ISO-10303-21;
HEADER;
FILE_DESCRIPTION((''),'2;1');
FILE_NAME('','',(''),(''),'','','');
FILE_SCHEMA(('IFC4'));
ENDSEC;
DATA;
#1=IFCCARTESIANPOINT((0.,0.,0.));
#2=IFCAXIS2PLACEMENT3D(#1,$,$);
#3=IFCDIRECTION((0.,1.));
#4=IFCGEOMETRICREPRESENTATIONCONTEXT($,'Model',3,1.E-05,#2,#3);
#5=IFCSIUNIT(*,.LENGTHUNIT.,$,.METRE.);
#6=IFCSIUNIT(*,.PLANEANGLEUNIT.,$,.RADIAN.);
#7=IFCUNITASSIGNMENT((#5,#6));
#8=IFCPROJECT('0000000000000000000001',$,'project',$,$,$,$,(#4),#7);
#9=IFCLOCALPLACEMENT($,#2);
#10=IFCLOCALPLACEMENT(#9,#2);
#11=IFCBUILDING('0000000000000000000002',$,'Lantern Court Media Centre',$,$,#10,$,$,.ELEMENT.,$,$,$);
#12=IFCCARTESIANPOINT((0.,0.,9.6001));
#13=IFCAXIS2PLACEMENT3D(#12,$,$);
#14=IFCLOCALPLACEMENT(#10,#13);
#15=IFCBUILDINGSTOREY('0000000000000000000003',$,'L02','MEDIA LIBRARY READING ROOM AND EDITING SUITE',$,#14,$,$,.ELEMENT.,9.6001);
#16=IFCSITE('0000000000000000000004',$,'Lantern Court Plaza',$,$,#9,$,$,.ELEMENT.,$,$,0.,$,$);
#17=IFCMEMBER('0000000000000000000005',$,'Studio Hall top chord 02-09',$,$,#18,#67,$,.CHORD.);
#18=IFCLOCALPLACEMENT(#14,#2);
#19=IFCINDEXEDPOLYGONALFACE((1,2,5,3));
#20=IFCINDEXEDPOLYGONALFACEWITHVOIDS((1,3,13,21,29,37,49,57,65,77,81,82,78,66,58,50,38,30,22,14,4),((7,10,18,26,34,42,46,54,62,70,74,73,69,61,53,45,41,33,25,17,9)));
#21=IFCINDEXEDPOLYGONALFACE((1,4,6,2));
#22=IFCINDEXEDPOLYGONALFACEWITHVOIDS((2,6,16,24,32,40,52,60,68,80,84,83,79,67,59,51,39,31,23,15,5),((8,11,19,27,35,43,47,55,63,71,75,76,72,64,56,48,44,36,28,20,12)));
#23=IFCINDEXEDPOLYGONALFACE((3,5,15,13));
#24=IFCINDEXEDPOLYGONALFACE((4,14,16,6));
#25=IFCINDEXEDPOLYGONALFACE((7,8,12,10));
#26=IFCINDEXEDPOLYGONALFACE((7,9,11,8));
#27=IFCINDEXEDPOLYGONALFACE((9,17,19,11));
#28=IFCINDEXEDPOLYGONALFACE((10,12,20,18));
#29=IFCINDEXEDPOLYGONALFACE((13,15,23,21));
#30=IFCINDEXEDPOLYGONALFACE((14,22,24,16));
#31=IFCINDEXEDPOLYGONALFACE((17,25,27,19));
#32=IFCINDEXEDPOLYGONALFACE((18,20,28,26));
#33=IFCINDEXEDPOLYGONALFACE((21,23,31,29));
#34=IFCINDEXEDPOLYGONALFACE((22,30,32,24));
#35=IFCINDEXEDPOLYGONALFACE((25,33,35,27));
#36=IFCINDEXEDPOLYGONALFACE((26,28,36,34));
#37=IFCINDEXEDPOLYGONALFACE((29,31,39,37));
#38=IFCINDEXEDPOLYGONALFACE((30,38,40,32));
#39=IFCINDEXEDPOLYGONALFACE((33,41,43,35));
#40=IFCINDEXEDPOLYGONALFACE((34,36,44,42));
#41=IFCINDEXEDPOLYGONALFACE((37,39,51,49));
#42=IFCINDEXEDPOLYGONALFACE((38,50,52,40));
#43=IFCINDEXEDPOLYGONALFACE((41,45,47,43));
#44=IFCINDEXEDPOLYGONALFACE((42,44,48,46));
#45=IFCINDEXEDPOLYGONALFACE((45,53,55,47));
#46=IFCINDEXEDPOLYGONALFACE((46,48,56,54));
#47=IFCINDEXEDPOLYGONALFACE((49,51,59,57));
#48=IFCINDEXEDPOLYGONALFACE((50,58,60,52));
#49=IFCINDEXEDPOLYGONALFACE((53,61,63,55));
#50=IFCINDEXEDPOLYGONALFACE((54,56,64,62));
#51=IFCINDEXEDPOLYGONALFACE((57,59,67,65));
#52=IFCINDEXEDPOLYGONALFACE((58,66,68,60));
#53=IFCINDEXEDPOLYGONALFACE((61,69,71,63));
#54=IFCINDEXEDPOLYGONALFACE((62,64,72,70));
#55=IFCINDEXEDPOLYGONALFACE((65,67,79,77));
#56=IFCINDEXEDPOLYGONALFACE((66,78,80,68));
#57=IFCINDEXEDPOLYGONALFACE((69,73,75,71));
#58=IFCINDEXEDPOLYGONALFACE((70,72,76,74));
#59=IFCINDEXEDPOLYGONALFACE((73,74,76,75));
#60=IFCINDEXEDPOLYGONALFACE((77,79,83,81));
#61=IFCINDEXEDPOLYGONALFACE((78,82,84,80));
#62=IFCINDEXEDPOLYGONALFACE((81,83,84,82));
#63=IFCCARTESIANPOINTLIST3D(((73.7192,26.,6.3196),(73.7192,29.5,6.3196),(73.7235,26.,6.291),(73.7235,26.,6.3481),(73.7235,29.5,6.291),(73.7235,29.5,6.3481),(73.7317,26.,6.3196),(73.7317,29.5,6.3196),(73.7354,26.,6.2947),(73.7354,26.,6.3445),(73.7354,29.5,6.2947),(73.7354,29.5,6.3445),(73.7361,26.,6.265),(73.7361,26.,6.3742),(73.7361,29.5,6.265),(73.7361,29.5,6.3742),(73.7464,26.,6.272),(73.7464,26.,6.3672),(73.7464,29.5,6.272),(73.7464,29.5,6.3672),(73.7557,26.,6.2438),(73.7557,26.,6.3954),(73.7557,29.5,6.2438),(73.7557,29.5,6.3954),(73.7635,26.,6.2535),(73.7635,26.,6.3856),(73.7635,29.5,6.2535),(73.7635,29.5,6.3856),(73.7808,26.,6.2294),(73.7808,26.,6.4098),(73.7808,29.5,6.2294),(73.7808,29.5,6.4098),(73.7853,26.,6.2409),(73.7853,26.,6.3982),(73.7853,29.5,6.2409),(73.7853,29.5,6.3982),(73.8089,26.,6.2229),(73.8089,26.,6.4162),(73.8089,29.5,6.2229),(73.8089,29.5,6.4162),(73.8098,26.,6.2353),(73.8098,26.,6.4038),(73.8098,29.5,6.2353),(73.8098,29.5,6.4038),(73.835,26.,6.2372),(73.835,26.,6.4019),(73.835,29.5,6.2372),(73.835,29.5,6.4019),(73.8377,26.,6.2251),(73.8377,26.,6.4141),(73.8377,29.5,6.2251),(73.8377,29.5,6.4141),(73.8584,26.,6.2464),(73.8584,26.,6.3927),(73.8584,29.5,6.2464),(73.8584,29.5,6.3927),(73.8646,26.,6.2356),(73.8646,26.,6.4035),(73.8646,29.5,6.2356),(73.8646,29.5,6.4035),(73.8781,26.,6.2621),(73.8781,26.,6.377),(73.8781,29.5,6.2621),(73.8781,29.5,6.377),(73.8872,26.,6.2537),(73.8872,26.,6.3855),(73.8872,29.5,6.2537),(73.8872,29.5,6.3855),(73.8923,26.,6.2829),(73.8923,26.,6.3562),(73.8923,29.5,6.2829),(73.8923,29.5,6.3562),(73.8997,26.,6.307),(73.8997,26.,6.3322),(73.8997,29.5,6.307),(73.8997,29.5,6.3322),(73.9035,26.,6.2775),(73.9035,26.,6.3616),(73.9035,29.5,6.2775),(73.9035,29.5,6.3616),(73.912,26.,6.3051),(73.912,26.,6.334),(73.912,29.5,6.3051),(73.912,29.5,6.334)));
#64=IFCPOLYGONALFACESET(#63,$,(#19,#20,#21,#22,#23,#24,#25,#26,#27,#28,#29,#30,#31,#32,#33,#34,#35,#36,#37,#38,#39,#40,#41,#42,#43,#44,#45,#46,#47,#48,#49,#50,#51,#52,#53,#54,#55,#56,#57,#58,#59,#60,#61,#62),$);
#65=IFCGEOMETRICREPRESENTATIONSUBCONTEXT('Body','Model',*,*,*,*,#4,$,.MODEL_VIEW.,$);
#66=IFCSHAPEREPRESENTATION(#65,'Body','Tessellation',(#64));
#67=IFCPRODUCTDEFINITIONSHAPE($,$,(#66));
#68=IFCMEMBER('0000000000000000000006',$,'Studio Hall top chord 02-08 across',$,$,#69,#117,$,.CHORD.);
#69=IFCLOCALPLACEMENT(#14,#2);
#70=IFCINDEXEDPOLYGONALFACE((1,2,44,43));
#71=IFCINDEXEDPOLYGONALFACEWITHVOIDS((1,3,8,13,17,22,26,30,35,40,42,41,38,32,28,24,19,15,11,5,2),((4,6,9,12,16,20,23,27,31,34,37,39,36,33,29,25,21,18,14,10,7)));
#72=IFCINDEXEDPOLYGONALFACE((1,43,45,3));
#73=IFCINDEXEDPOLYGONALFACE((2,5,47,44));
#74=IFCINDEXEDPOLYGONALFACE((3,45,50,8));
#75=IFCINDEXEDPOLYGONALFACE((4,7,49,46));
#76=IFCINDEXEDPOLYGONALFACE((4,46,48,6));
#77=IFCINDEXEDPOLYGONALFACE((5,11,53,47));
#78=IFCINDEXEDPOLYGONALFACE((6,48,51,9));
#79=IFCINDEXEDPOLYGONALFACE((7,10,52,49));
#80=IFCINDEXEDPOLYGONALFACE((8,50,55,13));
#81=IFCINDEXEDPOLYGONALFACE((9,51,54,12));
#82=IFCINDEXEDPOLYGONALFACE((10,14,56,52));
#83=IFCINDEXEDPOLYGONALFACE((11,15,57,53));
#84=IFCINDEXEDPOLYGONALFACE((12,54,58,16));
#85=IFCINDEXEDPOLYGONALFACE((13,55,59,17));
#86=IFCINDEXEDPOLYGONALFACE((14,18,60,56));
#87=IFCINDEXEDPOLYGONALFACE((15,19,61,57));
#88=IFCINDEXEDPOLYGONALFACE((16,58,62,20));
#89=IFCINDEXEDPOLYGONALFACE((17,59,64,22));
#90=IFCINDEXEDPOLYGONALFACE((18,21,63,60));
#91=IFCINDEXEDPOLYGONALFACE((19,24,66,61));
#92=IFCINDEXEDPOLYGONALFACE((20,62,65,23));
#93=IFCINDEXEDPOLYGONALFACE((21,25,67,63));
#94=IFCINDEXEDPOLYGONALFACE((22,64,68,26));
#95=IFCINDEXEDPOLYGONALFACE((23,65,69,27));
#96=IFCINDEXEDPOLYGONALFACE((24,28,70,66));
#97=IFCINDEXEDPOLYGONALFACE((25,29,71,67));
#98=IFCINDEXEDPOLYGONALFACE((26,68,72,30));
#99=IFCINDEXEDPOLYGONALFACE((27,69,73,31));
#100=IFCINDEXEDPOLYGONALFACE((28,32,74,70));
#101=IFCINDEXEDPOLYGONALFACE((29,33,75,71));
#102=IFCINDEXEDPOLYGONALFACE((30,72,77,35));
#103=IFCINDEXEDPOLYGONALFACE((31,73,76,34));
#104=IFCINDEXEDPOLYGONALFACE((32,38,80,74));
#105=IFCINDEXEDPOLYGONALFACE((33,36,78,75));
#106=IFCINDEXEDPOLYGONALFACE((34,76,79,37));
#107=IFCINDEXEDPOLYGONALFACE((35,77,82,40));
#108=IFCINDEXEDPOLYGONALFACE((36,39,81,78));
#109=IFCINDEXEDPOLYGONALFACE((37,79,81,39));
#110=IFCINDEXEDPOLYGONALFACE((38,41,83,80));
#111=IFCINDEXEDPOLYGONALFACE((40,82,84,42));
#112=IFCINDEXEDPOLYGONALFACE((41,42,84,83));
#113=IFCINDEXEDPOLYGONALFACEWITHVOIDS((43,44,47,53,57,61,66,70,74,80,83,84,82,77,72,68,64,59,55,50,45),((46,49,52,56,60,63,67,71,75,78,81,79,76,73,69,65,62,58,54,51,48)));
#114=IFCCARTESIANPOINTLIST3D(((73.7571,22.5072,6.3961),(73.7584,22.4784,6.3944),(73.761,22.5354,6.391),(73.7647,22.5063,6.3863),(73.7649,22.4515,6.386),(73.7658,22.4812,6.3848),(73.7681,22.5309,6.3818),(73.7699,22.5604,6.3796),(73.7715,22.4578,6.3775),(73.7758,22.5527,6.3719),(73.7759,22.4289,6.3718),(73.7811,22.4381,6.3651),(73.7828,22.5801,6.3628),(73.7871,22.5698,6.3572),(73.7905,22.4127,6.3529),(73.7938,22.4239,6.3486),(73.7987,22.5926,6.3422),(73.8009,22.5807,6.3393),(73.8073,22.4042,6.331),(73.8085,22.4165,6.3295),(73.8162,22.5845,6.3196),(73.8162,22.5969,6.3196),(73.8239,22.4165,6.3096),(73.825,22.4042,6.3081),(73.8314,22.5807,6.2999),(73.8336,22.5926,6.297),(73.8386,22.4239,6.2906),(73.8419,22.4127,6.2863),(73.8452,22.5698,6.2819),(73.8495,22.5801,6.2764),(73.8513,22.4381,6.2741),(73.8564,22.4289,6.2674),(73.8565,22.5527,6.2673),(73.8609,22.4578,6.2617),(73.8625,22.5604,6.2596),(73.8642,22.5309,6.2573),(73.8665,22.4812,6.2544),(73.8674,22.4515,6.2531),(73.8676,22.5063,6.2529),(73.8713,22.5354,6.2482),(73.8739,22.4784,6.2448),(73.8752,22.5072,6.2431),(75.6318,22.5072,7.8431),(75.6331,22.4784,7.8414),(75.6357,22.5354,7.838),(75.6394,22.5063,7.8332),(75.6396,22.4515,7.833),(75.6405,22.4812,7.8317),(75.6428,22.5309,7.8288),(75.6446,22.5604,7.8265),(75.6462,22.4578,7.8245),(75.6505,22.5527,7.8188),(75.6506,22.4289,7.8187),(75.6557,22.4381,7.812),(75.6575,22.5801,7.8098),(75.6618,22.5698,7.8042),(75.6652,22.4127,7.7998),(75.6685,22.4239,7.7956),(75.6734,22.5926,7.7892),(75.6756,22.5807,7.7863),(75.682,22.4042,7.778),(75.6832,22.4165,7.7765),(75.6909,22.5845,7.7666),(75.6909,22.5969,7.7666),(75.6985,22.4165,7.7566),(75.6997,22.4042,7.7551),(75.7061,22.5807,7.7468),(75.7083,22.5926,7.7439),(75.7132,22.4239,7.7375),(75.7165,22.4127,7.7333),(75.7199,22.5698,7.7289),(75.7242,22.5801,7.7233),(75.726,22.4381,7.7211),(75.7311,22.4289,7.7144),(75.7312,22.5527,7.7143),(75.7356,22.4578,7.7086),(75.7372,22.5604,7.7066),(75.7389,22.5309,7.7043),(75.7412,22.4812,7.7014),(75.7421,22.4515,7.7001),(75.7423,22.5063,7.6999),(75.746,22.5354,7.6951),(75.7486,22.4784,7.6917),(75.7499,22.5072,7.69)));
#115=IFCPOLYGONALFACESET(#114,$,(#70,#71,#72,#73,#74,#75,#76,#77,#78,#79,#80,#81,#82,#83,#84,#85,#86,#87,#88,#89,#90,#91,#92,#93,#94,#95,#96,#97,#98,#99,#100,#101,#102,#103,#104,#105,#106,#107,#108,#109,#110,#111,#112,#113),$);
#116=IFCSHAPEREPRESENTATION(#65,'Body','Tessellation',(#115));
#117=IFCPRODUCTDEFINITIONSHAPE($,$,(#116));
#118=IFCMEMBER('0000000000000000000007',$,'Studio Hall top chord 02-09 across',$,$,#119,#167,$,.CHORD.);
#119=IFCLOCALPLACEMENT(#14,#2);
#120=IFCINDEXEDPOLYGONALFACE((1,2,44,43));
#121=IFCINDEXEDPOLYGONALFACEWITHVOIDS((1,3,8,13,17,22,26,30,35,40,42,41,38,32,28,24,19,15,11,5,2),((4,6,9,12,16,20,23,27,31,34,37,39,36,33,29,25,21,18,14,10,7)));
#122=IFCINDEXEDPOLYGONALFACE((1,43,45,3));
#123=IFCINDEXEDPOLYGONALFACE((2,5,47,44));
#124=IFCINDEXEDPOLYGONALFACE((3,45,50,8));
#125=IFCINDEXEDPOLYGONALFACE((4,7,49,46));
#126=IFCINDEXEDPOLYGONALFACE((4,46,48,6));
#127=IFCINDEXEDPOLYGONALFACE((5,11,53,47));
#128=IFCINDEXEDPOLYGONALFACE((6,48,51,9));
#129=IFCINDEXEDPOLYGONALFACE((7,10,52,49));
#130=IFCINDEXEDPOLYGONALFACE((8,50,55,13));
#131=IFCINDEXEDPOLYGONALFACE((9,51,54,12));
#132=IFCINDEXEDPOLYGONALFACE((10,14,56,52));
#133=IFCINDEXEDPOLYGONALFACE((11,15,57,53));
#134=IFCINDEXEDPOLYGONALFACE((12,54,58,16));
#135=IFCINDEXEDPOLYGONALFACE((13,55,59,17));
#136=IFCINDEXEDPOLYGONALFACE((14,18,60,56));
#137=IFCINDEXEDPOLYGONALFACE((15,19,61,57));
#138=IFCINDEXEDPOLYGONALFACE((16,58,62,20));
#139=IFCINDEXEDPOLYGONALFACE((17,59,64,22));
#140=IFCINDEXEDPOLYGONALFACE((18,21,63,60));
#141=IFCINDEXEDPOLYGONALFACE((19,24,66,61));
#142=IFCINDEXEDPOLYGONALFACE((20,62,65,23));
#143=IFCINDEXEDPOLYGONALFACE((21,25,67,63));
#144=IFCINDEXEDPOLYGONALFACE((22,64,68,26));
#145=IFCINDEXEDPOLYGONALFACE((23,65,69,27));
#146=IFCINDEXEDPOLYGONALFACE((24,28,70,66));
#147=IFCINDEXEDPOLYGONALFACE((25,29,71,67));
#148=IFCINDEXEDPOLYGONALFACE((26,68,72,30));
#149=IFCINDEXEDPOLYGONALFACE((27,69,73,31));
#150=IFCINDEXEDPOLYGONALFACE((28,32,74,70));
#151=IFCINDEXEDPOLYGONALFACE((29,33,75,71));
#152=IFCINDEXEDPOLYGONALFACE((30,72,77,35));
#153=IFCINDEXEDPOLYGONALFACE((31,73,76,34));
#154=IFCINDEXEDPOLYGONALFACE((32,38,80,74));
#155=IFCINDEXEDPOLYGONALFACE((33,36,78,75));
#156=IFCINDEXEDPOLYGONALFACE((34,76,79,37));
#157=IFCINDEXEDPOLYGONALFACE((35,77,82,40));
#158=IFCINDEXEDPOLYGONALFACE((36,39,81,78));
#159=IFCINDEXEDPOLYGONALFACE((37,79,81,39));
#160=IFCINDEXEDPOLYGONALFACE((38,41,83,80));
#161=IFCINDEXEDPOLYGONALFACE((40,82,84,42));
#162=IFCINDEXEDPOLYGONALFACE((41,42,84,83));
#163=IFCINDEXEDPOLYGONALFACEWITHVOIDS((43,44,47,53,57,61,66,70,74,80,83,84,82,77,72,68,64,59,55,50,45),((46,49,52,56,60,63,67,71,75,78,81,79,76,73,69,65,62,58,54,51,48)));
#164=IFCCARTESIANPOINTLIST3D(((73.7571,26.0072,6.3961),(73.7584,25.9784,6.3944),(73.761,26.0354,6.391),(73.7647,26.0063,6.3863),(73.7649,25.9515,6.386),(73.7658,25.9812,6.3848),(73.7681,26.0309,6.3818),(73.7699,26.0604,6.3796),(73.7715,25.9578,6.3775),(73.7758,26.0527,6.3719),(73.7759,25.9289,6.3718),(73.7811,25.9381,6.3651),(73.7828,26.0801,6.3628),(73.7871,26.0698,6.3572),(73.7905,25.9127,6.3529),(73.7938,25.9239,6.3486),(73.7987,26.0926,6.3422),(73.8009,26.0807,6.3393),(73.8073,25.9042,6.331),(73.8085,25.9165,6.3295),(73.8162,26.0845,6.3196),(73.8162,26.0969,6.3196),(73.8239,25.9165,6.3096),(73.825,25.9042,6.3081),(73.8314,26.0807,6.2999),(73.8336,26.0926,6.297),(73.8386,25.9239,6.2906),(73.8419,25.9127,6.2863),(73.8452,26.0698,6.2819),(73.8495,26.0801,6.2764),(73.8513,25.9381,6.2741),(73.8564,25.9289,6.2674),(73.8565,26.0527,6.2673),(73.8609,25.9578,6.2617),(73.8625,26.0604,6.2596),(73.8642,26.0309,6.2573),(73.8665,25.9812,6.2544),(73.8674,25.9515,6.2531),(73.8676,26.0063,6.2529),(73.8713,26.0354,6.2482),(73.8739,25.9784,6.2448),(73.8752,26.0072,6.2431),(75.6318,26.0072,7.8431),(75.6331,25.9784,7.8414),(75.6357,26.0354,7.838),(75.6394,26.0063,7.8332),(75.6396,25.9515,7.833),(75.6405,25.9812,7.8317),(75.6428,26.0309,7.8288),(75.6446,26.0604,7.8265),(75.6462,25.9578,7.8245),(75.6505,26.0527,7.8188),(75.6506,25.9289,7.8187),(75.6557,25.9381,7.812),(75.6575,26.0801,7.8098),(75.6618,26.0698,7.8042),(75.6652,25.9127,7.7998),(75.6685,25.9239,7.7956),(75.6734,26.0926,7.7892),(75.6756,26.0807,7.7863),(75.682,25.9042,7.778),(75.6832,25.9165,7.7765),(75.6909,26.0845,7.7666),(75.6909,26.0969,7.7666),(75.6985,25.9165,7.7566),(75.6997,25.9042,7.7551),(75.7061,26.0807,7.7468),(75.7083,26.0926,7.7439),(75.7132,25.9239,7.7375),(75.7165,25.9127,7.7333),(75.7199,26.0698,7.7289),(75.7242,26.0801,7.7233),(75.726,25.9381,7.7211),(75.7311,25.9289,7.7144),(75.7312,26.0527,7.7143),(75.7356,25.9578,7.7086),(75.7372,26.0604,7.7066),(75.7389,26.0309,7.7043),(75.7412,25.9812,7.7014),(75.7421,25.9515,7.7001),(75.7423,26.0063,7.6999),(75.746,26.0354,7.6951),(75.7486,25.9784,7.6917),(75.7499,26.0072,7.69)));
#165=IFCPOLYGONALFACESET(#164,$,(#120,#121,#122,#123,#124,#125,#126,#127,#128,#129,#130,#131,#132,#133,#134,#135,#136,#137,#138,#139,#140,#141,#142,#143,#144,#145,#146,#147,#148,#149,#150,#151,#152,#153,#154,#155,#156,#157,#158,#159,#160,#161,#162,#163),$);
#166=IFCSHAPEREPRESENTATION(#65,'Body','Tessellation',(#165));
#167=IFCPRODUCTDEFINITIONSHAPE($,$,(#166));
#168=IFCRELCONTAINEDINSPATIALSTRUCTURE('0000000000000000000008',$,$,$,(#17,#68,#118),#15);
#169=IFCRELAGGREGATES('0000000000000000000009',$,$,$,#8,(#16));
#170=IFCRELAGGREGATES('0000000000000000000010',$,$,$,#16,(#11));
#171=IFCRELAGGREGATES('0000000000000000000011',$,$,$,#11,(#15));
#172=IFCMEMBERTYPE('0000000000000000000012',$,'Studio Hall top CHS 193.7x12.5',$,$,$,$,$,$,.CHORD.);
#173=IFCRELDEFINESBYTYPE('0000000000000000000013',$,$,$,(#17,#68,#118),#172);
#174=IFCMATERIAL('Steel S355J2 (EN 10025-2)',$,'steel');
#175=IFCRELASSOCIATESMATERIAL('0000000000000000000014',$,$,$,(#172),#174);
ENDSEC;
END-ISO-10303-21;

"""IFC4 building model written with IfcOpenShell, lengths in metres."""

from ifc_helpers import new_model, si_unit, direction, frame, origin, origin_2d, place, context, subcontext, project, spatial, hollow_circle, extrude, material, material_profile, profile_set, type_object, element, save


model = new_model("IFC4")

# Units and contexts
model_context = context("Model", 3, precision=1e-05, world=origin(), true_north=direction((0.0, 1.0)))
body_context = subcontext(model_context, "Body", "Model", "MODEL_VIEW")
ifc_project = project(units=[si_unit("LENGTHUNIT", "METRE"), si_unit("PLANEANGLEUNIT", "RADIAN")], contexts=[model_context])

# Site, building, storey
site_placement = place(None, origin())
site = spatial("IfcSite", under=ifc_project, at=site_placement, Name="Lantern Court Plaza", CompositionType="ELEMENT", RefElevation=0.0)
building_placement = place(site_placement, origin())
building = spatial("IfcBuilding", under=site, at=building_placement, Name="Lantern Court Media Centre", CompositionType="ELEMENT")
storey_placement = place(building_placement, frame((0.0, 0.0, 9.6001)))
storey = spatial("IfcBuildingStorey", under=building, at=storey_placement, Name="L02", Description="MEDIA LIBRARY READING ROOM AND EDITING SUITE", CompositionType="ELEMENT", Elevation=9.6001)

# Members
ifc_material_1 = material(Name="Steel S355J2 (EN 10025-2)", Category="steel")
ifc_material_profile_1 = material_profile(ifc_material_1, hollow_circle(Radius=0.0969, WallThickness=0.0125, at=origin_2d()), Name="Studio Hall top CHS 193.7x12.5")
ifc_profile_set_1 = profile_set([ifc_material_profile_1], Name="Steel S355J2 (EN 10025-2)")
member_type_1 = type_object("IfcMemberType", Name="Studio Hall top CHS 193.7x12.5", PredefinedType="CHORD", material=ifc_profile_set_1)
for number, where, z_axis, x_axis, name in (
    (1, (73.8162, 26.0, 6.3196), (0.0, 1.0, 0.0), (-1.0, 0.0, 0.0), "Studio Hall top chord 02-09"),
):
    element("IfcMember", number, at=place(storey_placement, frame(where, z_axis=z_axis, x_axis=x_axis)), inside=storey, type_object=member_type_1, Name=name, PredefinedType="CHORD", context=body_context, shape_type="SweptSolid", body=[
        extrude(hollow_circle(Radius=0.0969, WallThickness=0.0125, at=origin_2d()), origin(), (0.0, 0.0, 1.0), 3.5),
    ])
for number, where, z_axis, x_axis, name in (
    (2, (73.8162, 22.5, 6.3196), (0.791623, 0.0, 0.61101), (0.0, 1.0, 0.0), "Studio Hall top chord 02-08 across"),
    (3, (73.8162, 26.0, 6.3196), (0.791623, 0.0, 0.61101), (0.0, 1.0, 0.0), "Studio Hall top chord 02-09 across"),
):
    element("IfcMember", number, at=place(storey_placement, frame(where, z_axis=z_axis, x_axis=x_axis)), inside=storey, type_object=member_type_1, Name=name, PredefinedType="CHORD", context=body_context, shape_type="SweptSolid", body=[
        extrude(hollow_circle(Radius=0.0969, WallThickness=0.0125, at=origin_2d()), origin(), (0.0, 0.0, 1.0), 2.3682),
    ])

save(model, "model.ifc")
